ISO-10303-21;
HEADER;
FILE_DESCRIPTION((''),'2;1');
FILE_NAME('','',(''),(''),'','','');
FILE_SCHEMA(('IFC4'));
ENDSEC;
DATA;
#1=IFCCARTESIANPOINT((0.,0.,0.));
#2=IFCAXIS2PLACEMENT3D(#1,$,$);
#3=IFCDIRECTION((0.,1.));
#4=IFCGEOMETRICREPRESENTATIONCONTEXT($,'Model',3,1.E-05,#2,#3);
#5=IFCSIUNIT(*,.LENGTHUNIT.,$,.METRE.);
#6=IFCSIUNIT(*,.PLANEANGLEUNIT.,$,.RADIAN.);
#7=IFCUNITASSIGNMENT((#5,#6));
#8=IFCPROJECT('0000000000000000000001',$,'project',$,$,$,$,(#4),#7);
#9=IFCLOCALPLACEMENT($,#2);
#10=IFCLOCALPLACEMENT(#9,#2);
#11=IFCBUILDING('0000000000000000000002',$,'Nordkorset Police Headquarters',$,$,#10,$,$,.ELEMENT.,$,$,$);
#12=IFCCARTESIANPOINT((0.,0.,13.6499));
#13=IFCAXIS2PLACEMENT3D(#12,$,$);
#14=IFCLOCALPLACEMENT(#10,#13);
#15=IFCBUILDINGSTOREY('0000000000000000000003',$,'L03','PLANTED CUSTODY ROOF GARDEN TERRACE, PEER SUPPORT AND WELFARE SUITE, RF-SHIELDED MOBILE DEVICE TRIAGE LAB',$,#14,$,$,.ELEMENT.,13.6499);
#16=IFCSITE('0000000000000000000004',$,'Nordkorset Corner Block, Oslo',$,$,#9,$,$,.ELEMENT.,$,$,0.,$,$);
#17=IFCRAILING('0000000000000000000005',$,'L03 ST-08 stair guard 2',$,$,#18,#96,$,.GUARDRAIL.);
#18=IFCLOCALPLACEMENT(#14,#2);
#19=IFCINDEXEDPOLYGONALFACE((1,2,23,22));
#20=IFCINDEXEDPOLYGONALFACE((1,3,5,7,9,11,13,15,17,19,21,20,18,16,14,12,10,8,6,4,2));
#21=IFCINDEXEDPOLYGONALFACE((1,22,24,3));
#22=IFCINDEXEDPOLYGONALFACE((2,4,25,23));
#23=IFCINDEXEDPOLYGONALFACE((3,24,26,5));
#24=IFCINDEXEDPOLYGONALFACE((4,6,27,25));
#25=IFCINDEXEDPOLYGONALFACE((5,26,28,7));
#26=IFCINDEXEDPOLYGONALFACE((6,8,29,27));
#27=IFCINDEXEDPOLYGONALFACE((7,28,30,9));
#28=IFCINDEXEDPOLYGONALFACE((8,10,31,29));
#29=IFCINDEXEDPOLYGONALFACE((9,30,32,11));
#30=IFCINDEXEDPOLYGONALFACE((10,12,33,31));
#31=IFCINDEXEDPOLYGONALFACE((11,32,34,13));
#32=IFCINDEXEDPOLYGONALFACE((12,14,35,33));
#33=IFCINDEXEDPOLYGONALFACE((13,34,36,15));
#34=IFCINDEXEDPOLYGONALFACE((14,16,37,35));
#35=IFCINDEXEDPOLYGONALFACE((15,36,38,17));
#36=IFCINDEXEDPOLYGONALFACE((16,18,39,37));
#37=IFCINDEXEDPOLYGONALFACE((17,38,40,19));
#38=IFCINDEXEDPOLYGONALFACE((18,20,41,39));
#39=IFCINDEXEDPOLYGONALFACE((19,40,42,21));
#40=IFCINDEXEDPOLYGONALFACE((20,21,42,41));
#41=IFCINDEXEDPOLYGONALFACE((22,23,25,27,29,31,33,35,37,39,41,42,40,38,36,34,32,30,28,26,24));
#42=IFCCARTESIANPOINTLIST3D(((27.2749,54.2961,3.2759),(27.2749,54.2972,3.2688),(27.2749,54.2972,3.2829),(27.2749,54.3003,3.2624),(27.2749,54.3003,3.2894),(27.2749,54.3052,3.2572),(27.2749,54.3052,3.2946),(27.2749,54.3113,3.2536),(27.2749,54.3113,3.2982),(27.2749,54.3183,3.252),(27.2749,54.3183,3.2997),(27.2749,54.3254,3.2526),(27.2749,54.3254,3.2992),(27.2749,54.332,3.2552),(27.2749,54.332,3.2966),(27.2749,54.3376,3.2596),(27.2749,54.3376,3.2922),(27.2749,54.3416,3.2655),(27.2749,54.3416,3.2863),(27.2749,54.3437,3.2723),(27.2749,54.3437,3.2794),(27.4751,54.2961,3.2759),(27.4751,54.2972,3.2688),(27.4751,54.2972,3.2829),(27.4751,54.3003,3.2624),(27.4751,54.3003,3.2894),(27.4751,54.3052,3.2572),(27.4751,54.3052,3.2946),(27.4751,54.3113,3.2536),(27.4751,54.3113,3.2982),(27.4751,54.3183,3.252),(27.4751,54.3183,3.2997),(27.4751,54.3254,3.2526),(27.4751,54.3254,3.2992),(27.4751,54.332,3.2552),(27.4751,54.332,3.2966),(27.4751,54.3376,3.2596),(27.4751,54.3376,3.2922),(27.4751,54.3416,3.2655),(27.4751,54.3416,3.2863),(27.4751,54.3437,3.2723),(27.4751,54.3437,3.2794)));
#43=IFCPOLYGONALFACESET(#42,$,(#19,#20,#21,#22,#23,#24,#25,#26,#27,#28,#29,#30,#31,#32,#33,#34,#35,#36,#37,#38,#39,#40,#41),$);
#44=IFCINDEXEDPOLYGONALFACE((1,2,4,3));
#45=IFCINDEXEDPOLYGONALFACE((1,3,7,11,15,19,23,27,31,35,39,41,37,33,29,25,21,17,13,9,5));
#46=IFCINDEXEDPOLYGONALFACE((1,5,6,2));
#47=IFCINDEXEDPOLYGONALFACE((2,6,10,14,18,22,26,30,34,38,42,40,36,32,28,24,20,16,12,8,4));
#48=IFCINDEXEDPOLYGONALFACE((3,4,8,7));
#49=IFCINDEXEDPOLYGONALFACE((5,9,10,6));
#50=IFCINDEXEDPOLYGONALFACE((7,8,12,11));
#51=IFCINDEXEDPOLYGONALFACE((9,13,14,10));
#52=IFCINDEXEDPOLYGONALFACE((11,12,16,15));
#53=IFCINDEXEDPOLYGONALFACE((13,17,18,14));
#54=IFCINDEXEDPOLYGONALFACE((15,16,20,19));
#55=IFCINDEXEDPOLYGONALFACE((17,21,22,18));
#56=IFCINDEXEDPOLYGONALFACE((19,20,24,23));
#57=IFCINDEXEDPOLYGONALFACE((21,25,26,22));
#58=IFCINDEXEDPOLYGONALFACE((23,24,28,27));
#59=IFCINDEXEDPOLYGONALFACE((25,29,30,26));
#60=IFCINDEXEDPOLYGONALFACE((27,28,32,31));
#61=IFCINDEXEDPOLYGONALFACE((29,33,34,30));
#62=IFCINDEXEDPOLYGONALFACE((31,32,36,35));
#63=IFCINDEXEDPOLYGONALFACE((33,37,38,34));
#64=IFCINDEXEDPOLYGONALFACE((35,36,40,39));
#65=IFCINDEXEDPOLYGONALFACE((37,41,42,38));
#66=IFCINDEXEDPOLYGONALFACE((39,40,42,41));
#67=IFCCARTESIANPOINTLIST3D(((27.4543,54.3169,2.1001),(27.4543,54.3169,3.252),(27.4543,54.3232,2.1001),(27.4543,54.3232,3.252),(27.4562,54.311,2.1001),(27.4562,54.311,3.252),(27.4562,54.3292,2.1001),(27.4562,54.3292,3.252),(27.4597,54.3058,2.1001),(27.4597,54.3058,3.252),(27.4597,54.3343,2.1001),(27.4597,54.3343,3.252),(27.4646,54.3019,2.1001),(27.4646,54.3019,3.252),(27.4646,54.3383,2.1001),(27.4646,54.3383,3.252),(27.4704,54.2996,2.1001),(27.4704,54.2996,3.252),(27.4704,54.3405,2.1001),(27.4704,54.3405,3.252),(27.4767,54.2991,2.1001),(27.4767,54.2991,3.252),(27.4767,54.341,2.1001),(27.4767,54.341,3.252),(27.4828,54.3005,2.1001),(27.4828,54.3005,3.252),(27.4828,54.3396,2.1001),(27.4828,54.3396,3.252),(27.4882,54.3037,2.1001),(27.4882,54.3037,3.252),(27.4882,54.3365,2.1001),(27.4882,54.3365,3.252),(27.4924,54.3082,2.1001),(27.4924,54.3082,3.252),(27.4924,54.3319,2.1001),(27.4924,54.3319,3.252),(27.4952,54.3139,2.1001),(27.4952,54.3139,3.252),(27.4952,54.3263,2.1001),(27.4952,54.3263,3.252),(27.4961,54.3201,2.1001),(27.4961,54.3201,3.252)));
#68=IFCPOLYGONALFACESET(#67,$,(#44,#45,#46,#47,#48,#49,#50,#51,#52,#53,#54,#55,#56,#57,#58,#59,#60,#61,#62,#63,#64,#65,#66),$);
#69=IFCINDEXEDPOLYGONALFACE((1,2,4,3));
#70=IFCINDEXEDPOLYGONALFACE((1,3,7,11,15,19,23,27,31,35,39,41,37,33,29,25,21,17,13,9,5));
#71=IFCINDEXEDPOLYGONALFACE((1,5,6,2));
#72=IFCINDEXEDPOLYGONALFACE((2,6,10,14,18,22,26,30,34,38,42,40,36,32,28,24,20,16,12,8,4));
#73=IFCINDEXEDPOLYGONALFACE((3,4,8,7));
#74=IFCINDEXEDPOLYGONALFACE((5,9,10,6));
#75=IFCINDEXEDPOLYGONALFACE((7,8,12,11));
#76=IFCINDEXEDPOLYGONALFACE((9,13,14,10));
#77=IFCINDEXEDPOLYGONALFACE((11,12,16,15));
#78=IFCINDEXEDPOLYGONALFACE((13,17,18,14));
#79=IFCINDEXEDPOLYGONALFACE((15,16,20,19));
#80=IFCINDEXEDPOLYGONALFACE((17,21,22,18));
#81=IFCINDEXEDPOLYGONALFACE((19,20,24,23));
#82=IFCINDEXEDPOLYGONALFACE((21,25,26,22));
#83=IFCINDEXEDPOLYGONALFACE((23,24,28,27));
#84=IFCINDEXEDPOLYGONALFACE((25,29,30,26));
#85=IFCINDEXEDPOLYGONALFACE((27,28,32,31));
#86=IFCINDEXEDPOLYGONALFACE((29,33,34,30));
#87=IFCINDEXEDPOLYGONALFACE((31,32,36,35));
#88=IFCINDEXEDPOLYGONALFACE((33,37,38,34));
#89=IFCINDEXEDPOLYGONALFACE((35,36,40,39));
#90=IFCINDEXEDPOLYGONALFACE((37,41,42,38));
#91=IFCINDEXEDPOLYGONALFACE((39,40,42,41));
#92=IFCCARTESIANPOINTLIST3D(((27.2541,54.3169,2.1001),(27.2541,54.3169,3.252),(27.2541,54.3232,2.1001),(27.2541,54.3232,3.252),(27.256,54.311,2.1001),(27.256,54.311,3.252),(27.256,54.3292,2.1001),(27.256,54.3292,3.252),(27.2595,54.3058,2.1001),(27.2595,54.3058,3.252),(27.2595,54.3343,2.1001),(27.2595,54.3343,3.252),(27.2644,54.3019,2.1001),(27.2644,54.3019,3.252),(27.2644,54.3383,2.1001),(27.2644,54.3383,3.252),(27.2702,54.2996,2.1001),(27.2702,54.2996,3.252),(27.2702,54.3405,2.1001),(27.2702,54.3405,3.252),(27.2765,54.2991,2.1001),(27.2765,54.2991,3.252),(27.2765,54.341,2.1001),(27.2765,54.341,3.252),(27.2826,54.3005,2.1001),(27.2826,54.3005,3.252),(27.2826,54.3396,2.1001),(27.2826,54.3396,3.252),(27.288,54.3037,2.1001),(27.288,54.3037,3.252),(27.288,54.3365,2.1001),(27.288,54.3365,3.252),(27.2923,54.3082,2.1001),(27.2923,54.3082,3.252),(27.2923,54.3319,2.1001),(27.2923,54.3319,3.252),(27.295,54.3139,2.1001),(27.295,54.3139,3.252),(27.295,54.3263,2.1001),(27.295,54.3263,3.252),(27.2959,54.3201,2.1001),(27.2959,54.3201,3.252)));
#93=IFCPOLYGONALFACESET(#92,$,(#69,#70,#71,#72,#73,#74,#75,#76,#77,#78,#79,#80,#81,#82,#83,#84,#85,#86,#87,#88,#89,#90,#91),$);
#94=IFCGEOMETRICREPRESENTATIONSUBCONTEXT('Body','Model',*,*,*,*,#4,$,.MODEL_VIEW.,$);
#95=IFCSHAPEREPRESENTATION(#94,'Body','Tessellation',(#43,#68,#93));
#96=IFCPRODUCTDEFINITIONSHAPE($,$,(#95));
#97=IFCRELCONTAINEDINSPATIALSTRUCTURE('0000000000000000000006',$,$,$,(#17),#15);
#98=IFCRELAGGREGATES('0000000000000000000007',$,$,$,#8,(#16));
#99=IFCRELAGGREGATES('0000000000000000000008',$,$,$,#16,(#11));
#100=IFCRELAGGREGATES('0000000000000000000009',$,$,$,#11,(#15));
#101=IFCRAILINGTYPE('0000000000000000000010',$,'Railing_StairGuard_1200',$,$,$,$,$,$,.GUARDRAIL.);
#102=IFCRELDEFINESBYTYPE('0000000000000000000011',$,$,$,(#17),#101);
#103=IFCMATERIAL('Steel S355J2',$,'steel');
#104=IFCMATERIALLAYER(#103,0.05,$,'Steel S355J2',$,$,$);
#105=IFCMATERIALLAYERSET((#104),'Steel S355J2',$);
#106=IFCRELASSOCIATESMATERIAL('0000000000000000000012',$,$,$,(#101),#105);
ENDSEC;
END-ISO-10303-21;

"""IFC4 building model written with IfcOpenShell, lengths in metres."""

from ifc_helpers import new_model, si_unit, direction, frame, origin, origin_2d, place, context, subcontext, project, spatial, circle, extrude, material, layer, layer_set, type_object, element, save


model = new_model("IFC4")

# Units and contexts
model_context = context("Model", 3, precision=1e-05, world=origin(), true_north=direction((0.0, 1.0)))
body_context = subcontext(model_context, "Body", "Model", "MODEL_VIEW")
ifc_project = project(units=[si_unit("LENGTHUNIT", "METRE"), si_unit("PLANEANGLEUNIT", "RADIAN")], contexts=[model_context])

# Site, building, storey
site_placement = place(None, origin())
site = spatial("IfcSite", under=ifc_project, at=site_placement, Name="Nordkorset Corner Block, Oslo", CompositionType="ELEMENT", RefElevation=0.0)
building_placement = place(site_placement, origin())
building = spatial("IfcBuilding", under=site, at=building_placement, Name="Nordkorset Police Headquarters", CompositionType="ELEMENT")
storey_placement = place(building_placement, frame((0.0, 0.0, 13.6499)))
storey = spatial("IfcBuildingStorey", under=building, at=storey_placement, Name="L03", Description="PLANTED CUSTODY ROOF GARDEN TERRACE, PEER SUPPORT AND WELFARE SUITE, RF-SHIELDED MOBILE DEVICE TRIAGE LAB", CompositionType="ELEMENT", Elevation=13.6499)

# Railing
ifc_material_1 = material(Name="Steel S355J2", Category="steel")
ifc_layer_1 = layer(ifc_material_1, 0.05, Name="Steel S355J2")
ifc_layer_set_1 = layer_set([ifc_layer_1], Name="Steel S355J2")
railing_type_1 = type_object("IfcRailingType", Name="Railing_StairGuard_1200", PredefinedType="GUARDRAIL", material=ifc_layer_set_1)
railing_1_placement = place(storey_placement, frame((27.4751, 54.3201, 2.1001)))
element("IfcRailing", 1, at=railing_1_placement, inside=storey, type_object=railing_type_1, Name="L03 ST-08 stair guard 2", PredefinedType="GUARDRAIL", context=body_context, shape_type="SweptSolid", body=[
    extrude(circle(Radius=0.0239, at=origin_2d()), frame((0.0, 0.0, 1.1758), z_axis=(-1.0, 0.0, 0.0), x_axis=(0.0, -1.0, 0.0)), (0.0, 0.0, 1.0), 0.2002),
    extrude(circle(Radius=0.021, at=origin_2d()), origin(), (0.0, 0.0, 1.0), 1.1519),
    extrude(circle(Radius=0.021, at=origin_2d()), frame((-0.2002, 0.0, 0.0)), (0.0, 0.0, 1.0), 1.1519),
])

save(model, "model.ifc")
